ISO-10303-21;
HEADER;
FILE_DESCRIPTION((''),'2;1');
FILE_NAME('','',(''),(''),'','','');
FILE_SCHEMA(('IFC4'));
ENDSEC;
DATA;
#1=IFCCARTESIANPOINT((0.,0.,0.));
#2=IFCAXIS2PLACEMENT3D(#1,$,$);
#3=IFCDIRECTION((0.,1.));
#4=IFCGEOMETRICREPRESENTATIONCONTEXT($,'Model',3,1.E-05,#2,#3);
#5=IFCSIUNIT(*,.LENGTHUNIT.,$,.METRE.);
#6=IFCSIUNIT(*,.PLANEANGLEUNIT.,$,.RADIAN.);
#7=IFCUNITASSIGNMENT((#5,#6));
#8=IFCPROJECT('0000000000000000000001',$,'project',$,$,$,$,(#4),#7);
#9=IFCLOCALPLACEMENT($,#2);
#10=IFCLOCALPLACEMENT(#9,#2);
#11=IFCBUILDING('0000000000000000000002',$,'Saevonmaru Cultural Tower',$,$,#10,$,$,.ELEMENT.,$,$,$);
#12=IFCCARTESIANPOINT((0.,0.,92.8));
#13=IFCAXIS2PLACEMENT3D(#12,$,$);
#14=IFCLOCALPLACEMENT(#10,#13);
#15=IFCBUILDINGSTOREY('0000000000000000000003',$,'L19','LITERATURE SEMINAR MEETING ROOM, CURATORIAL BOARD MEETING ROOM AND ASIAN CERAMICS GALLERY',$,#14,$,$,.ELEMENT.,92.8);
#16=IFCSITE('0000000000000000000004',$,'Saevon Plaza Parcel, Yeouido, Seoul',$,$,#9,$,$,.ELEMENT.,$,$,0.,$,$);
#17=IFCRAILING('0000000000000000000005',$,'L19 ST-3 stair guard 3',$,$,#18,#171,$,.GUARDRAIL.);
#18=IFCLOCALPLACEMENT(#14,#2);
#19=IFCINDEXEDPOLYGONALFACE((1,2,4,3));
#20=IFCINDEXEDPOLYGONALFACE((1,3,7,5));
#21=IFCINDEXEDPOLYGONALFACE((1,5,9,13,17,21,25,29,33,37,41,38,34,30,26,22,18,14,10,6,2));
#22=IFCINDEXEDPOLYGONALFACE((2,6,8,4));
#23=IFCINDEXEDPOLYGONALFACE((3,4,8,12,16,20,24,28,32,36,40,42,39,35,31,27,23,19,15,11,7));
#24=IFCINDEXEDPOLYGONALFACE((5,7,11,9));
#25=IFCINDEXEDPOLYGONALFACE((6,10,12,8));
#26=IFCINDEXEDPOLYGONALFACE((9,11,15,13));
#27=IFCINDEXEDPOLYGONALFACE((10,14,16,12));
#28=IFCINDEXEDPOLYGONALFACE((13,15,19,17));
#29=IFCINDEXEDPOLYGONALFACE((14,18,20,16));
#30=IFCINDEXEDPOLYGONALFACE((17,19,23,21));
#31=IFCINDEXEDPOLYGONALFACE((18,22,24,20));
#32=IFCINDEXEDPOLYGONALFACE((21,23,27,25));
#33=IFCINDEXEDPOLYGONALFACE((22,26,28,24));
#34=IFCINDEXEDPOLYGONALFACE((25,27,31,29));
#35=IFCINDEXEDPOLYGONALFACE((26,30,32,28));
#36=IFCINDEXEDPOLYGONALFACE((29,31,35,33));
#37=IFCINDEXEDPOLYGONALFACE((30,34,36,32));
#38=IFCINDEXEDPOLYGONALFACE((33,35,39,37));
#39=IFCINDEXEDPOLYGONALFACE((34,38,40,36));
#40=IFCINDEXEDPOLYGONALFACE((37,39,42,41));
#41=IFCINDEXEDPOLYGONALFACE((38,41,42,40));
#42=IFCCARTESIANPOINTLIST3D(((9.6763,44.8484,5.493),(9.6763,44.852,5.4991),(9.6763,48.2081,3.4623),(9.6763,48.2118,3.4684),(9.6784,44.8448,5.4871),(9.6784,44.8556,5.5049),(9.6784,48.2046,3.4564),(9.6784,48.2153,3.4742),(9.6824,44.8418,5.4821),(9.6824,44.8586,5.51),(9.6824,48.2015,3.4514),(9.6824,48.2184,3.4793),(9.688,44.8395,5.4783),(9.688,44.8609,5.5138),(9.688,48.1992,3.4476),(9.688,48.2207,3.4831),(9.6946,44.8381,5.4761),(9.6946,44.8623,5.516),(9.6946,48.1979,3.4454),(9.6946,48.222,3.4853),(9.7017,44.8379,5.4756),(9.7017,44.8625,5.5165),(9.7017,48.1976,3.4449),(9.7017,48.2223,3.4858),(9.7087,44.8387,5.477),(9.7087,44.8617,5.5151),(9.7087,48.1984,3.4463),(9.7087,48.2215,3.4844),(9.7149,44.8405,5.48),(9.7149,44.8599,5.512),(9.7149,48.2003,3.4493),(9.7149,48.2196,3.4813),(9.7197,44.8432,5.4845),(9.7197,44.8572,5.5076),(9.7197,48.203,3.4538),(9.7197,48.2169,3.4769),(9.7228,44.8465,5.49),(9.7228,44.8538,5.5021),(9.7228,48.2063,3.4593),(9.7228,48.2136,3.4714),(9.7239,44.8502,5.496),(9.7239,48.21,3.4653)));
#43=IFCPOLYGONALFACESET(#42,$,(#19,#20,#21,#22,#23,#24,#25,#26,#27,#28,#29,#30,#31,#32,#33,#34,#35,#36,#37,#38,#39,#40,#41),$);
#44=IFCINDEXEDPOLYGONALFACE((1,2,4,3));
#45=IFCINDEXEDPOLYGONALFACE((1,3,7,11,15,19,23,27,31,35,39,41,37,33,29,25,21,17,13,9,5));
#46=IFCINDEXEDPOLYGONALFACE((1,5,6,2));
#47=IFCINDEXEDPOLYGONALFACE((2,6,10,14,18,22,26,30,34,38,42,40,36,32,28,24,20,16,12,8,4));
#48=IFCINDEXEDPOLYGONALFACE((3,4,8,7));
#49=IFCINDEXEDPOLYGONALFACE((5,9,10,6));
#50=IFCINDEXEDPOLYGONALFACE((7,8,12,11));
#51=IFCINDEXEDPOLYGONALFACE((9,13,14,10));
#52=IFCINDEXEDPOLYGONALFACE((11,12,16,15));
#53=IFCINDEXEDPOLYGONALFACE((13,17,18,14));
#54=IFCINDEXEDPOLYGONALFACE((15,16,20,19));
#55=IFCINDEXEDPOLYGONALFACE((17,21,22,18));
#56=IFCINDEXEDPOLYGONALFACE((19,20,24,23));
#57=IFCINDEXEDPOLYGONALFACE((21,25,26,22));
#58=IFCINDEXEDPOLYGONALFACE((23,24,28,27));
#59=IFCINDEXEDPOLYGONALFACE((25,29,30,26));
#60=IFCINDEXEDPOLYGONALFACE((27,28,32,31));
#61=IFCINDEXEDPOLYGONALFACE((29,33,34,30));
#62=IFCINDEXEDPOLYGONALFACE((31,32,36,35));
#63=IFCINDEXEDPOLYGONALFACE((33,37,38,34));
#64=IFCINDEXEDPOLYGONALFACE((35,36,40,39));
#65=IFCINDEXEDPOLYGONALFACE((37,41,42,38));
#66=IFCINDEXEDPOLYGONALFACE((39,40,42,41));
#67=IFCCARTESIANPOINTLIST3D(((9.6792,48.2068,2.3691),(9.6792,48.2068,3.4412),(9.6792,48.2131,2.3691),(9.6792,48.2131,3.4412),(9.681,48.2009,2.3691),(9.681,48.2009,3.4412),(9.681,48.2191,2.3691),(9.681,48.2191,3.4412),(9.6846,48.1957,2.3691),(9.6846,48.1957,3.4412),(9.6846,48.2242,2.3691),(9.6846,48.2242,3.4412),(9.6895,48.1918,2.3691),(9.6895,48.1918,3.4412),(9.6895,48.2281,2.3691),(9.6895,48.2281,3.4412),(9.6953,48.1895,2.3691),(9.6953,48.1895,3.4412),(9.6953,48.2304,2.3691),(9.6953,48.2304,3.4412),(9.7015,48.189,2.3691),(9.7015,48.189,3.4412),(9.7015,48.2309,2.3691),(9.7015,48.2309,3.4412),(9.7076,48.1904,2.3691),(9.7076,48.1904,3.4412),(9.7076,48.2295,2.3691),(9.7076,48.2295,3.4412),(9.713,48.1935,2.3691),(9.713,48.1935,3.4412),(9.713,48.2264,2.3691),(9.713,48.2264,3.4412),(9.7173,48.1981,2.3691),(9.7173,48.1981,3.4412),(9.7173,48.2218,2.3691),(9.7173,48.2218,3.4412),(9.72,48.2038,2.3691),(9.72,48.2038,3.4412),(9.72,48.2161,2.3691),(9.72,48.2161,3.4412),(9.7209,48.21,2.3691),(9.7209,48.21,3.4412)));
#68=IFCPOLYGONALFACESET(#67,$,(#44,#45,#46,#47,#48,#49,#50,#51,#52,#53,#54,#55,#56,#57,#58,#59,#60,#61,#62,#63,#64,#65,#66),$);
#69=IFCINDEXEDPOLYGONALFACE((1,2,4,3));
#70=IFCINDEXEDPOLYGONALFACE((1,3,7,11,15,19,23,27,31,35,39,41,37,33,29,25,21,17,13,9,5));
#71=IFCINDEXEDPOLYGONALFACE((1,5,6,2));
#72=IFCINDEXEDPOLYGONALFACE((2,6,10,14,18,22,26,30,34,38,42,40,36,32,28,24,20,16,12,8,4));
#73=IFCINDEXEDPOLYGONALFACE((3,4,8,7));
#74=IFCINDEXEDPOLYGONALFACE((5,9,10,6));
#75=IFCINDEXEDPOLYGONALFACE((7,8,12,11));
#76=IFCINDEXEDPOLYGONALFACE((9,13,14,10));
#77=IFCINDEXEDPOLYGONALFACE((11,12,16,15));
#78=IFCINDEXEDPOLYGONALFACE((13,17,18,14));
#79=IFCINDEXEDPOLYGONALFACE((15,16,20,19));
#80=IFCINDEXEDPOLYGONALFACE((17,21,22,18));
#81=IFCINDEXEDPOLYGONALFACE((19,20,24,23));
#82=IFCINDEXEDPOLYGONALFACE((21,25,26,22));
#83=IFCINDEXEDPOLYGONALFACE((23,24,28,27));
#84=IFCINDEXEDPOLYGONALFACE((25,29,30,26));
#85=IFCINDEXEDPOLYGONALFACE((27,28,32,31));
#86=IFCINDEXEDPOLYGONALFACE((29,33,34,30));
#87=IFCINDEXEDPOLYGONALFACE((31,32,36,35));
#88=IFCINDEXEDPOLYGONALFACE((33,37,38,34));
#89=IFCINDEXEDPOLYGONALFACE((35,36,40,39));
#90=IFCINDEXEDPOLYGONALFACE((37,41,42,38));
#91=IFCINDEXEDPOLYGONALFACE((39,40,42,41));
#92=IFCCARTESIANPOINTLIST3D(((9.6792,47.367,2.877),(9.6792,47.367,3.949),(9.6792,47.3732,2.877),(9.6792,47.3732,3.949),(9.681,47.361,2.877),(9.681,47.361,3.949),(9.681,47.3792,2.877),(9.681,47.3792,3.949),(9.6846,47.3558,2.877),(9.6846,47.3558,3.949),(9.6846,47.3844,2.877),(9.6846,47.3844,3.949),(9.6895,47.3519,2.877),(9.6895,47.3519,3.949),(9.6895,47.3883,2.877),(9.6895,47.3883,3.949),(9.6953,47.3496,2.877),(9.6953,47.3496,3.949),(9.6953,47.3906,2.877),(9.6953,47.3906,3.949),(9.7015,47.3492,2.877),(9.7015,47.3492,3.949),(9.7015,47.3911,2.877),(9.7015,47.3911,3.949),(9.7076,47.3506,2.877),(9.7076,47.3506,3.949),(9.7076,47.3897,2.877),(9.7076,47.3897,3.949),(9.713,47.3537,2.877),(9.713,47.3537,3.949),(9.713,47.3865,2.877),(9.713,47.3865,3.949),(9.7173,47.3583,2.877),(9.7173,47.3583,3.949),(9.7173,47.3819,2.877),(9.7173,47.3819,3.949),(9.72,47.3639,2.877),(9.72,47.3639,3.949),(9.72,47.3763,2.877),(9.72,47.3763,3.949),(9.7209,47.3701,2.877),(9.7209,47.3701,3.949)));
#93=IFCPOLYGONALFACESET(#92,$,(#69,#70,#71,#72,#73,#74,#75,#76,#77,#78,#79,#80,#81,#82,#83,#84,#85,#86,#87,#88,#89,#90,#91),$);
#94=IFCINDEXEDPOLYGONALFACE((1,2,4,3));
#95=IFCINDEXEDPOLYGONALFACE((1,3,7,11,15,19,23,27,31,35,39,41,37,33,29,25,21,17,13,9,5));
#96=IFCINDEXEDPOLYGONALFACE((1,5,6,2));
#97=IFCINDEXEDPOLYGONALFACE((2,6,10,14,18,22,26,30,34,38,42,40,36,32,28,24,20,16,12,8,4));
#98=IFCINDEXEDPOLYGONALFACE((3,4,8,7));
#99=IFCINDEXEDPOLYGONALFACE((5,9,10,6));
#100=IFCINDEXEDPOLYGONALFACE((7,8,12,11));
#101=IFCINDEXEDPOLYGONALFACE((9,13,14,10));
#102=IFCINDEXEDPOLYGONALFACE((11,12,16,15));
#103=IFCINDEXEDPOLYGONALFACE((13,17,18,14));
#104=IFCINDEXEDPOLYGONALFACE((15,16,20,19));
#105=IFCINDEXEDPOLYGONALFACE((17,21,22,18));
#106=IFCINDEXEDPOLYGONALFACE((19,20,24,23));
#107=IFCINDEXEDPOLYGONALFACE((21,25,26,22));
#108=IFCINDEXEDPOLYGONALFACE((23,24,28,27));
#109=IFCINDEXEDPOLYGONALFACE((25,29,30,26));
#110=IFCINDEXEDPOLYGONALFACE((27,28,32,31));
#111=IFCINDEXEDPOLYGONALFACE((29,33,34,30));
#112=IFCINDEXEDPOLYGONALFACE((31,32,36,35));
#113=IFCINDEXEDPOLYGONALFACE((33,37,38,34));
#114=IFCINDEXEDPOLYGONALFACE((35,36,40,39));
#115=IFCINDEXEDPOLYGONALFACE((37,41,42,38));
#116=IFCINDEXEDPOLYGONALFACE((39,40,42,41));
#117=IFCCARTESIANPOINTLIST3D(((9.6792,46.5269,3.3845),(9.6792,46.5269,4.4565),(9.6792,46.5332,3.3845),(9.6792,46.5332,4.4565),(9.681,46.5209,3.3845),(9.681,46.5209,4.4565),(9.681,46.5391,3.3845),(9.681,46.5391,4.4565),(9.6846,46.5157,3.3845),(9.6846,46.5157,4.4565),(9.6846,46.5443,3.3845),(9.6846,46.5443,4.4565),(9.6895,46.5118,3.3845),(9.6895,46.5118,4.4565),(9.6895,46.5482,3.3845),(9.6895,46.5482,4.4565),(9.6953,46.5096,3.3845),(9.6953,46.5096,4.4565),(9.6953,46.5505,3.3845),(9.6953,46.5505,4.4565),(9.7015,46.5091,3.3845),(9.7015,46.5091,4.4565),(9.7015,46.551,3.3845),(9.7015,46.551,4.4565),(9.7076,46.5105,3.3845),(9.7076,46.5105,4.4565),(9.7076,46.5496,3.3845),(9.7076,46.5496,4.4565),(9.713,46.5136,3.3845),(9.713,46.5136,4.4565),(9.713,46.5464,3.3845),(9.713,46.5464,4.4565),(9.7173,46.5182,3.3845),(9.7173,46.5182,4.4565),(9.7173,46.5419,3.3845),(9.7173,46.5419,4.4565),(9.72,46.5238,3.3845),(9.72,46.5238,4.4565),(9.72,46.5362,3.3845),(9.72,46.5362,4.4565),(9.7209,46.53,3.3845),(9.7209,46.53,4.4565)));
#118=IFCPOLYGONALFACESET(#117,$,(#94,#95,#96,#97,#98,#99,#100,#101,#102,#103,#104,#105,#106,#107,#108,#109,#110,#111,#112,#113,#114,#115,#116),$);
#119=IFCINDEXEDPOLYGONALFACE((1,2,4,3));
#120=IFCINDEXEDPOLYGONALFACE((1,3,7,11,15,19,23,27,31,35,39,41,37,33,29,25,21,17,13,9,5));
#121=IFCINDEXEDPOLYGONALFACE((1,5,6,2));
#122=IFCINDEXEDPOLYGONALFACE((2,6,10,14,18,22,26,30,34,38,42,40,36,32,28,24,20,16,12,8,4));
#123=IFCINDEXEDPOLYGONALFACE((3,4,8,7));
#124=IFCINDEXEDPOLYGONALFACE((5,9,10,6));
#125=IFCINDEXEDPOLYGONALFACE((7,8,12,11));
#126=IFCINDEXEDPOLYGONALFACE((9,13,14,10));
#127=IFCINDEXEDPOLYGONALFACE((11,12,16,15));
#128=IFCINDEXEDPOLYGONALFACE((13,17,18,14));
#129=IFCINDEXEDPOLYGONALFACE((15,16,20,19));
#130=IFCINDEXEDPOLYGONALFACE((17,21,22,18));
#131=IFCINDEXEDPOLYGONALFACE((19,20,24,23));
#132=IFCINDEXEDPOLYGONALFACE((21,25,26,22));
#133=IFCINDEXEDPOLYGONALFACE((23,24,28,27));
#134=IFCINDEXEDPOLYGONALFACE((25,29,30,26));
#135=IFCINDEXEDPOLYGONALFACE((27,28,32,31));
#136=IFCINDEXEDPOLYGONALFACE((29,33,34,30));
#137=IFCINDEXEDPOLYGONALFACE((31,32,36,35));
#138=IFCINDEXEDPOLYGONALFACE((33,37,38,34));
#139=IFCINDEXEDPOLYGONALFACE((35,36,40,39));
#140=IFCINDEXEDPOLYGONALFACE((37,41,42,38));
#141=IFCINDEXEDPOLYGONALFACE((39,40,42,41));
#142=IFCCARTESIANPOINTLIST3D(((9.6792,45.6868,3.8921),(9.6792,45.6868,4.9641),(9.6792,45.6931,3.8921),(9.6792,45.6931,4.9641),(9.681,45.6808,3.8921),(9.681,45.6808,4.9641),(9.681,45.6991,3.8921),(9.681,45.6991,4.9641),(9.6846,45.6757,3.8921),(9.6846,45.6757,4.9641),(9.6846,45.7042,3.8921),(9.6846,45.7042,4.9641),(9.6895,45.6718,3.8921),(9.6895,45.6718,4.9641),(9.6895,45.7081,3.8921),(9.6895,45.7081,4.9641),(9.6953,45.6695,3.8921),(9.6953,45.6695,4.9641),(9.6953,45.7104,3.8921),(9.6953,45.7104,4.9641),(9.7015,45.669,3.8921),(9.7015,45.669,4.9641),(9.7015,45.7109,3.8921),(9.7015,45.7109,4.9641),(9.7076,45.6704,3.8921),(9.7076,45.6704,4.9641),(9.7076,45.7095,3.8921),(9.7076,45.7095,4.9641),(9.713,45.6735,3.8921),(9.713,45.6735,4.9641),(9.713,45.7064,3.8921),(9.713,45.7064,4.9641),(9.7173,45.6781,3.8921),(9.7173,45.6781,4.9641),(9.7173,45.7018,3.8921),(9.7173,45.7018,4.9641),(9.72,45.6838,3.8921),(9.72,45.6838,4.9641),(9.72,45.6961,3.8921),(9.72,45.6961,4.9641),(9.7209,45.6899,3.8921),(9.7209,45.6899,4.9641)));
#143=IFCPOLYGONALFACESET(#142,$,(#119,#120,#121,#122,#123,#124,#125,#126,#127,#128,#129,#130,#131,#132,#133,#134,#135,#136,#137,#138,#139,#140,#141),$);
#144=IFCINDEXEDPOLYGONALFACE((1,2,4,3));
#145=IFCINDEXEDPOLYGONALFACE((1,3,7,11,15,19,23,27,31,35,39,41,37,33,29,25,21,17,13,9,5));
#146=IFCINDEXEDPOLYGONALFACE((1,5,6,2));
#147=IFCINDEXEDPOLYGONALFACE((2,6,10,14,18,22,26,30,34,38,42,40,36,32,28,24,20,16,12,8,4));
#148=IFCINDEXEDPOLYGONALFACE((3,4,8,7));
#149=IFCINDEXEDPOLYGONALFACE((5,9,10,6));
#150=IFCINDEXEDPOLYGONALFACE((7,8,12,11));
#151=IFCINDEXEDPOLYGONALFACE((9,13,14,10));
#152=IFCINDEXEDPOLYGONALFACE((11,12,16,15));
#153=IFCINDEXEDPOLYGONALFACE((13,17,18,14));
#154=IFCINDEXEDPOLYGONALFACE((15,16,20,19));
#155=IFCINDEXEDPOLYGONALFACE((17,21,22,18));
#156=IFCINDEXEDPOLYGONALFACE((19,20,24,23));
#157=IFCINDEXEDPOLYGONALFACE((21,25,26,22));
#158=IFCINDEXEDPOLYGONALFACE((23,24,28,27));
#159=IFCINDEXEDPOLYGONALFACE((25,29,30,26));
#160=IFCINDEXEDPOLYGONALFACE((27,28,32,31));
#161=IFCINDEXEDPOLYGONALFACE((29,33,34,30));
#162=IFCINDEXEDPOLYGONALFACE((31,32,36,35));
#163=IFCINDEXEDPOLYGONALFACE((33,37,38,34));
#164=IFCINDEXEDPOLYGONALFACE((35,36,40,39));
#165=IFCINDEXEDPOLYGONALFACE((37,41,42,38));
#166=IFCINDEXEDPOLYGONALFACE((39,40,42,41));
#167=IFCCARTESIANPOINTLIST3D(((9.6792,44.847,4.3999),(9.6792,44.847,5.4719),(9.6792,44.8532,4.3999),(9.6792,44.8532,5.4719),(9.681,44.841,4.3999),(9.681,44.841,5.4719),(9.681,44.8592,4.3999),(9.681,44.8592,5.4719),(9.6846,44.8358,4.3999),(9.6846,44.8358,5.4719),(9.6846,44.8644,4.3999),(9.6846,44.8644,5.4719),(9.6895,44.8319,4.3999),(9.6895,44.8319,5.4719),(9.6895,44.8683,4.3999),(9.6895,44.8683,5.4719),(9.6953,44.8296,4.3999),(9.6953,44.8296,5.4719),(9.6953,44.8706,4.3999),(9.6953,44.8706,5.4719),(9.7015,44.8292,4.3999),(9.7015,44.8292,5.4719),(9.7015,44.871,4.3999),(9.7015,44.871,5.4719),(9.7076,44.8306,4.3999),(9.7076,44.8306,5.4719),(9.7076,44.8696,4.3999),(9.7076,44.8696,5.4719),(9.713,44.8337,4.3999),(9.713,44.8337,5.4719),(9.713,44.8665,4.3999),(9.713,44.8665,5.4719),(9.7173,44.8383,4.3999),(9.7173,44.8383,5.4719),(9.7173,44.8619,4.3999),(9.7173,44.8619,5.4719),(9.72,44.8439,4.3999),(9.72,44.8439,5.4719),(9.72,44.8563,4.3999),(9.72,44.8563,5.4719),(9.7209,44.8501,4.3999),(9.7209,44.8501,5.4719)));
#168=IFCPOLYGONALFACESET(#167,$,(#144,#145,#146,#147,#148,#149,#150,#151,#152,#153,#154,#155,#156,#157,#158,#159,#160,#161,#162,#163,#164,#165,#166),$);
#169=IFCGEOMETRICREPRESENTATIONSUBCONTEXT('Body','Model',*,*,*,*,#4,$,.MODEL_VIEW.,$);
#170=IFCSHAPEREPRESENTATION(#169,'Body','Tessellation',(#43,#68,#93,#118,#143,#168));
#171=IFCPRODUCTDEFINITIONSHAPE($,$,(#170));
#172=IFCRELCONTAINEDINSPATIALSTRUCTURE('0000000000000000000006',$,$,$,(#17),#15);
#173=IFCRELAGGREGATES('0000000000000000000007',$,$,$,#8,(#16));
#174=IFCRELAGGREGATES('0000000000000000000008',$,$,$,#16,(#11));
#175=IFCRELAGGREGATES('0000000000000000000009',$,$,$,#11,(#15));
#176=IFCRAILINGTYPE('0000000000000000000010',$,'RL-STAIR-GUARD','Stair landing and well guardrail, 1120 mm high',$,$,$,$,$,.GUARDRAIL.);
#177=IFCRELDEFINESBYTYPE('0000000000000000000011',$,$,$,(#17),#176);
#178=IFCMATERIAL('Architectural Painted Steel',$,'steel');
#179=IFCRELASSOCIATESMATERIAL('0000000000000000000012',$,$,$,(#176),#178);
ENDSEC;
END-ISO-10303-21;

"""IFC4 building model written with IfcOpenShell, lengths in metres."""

from ifc_helpers import new_model, si_unit, direction, frame, origin, origin_2d, place, context, subcontext, project, spatial, circle, extrude, material, type_object, element, save


model = new_model("IFC4")

# Units and contexts
model_context = context("Model", 3, precision=1e-05, world=origin(), true_north=direction((0.0, 1.0)))
body_context = subcontext(model_context, "Body", "Model", "MODEL_VIEW")
ifc_project = project(units=[si_unit("LENGTHUNIT", "METRE"), si_unit("PLANEANGLEUNIT", "RADIAN")], contexts=[model_context])

# Site, building, storey
site_placement = place(None, origin())
site = spatial("IfcSite", under=ifc_project, at=site_placement, Name="Saevon Plaza Parcel, Yeouido, Seoul", CompositionType="ELEMENT", RefElevation=0.0)
building_placement = place(site_placement, origin())
building = spatial("IfcBuilding", under=site, at=building_placement, Name="Saevonmaru Cultural Tower", CompositionType="ELEMENT")
storey_placement = place(building_placement, frame((0.0, 0.0, 92.8)))
storey = spatial("IfcBuildingStorey", under=building, at=storey_placement, Name="L19", Description="LITERATURE SEMINAR MEETING ROOM, CURATORIAL BOARD MEETING ROOM AND ASIAN CERAMICS GALLERY", CompositionType="ELEMENT", Elevation=92.8)

# Railing
ifc_material_1 = material(Name="Architectural Painted Steel", Category="steel")
railing_type_1 = type_object("IfcRailingType", Name="RL-STAIR-GUARD", Description="Stair landing and well guardrail, 1120 mm high", PredefinedType="GUARDRAIL", material=ifc_material_1)
railing_1_placement = place(storey_placement, frame((9.7, 48.21, 2.3691)))
element("IfcRailing", 1, at=railing_1_placement, inside=storey, type_object=railing_type_1, Name="L19 ST-3 stair guard 3", PredefinedType="GUARDRAIL", context=body_context, shape_type="SweptSolid", body=[
    extrude(circle(Radius=0.0239, at=origin_2d()), frame((0.0, 0.0, 1.0962), z_axis=(0.0, -0.85582, 0.517273), x_axis=(1.0, 0.0, 0.0)), (0.0, 0.0, 1.0), 3.9258),
    extrude(circle(Radius=0.021, at=origin_2d()), origin(), (0.0, 0.0, 1.0), 1.072),
    extrude(circle(Radius=0.021, at=origin_2d()), frame((0.0, -0.8398, 0.5078)), (0.0, 0.0, 1.0), 1.072),
    extrude(circle(Radius=0.021, at=origin_2d()), frame((0.0, -1.6799, 1.0154)), (0.0, 0.0, 1.0), 1.072),
    extrude(circle(Radius=0.021, at=origin_2d()), frame((0.0, -2.52, 1.5229)), (0.0, 0.0, 1.0), 1.072),
    extrude(circle(Radius=0.021, at=origin_2d()), frame((0.0, -3.3599, 2.0308)), (0.0, 0.0, 1.0), 1.072),
])

save(model, "model.ifc")
